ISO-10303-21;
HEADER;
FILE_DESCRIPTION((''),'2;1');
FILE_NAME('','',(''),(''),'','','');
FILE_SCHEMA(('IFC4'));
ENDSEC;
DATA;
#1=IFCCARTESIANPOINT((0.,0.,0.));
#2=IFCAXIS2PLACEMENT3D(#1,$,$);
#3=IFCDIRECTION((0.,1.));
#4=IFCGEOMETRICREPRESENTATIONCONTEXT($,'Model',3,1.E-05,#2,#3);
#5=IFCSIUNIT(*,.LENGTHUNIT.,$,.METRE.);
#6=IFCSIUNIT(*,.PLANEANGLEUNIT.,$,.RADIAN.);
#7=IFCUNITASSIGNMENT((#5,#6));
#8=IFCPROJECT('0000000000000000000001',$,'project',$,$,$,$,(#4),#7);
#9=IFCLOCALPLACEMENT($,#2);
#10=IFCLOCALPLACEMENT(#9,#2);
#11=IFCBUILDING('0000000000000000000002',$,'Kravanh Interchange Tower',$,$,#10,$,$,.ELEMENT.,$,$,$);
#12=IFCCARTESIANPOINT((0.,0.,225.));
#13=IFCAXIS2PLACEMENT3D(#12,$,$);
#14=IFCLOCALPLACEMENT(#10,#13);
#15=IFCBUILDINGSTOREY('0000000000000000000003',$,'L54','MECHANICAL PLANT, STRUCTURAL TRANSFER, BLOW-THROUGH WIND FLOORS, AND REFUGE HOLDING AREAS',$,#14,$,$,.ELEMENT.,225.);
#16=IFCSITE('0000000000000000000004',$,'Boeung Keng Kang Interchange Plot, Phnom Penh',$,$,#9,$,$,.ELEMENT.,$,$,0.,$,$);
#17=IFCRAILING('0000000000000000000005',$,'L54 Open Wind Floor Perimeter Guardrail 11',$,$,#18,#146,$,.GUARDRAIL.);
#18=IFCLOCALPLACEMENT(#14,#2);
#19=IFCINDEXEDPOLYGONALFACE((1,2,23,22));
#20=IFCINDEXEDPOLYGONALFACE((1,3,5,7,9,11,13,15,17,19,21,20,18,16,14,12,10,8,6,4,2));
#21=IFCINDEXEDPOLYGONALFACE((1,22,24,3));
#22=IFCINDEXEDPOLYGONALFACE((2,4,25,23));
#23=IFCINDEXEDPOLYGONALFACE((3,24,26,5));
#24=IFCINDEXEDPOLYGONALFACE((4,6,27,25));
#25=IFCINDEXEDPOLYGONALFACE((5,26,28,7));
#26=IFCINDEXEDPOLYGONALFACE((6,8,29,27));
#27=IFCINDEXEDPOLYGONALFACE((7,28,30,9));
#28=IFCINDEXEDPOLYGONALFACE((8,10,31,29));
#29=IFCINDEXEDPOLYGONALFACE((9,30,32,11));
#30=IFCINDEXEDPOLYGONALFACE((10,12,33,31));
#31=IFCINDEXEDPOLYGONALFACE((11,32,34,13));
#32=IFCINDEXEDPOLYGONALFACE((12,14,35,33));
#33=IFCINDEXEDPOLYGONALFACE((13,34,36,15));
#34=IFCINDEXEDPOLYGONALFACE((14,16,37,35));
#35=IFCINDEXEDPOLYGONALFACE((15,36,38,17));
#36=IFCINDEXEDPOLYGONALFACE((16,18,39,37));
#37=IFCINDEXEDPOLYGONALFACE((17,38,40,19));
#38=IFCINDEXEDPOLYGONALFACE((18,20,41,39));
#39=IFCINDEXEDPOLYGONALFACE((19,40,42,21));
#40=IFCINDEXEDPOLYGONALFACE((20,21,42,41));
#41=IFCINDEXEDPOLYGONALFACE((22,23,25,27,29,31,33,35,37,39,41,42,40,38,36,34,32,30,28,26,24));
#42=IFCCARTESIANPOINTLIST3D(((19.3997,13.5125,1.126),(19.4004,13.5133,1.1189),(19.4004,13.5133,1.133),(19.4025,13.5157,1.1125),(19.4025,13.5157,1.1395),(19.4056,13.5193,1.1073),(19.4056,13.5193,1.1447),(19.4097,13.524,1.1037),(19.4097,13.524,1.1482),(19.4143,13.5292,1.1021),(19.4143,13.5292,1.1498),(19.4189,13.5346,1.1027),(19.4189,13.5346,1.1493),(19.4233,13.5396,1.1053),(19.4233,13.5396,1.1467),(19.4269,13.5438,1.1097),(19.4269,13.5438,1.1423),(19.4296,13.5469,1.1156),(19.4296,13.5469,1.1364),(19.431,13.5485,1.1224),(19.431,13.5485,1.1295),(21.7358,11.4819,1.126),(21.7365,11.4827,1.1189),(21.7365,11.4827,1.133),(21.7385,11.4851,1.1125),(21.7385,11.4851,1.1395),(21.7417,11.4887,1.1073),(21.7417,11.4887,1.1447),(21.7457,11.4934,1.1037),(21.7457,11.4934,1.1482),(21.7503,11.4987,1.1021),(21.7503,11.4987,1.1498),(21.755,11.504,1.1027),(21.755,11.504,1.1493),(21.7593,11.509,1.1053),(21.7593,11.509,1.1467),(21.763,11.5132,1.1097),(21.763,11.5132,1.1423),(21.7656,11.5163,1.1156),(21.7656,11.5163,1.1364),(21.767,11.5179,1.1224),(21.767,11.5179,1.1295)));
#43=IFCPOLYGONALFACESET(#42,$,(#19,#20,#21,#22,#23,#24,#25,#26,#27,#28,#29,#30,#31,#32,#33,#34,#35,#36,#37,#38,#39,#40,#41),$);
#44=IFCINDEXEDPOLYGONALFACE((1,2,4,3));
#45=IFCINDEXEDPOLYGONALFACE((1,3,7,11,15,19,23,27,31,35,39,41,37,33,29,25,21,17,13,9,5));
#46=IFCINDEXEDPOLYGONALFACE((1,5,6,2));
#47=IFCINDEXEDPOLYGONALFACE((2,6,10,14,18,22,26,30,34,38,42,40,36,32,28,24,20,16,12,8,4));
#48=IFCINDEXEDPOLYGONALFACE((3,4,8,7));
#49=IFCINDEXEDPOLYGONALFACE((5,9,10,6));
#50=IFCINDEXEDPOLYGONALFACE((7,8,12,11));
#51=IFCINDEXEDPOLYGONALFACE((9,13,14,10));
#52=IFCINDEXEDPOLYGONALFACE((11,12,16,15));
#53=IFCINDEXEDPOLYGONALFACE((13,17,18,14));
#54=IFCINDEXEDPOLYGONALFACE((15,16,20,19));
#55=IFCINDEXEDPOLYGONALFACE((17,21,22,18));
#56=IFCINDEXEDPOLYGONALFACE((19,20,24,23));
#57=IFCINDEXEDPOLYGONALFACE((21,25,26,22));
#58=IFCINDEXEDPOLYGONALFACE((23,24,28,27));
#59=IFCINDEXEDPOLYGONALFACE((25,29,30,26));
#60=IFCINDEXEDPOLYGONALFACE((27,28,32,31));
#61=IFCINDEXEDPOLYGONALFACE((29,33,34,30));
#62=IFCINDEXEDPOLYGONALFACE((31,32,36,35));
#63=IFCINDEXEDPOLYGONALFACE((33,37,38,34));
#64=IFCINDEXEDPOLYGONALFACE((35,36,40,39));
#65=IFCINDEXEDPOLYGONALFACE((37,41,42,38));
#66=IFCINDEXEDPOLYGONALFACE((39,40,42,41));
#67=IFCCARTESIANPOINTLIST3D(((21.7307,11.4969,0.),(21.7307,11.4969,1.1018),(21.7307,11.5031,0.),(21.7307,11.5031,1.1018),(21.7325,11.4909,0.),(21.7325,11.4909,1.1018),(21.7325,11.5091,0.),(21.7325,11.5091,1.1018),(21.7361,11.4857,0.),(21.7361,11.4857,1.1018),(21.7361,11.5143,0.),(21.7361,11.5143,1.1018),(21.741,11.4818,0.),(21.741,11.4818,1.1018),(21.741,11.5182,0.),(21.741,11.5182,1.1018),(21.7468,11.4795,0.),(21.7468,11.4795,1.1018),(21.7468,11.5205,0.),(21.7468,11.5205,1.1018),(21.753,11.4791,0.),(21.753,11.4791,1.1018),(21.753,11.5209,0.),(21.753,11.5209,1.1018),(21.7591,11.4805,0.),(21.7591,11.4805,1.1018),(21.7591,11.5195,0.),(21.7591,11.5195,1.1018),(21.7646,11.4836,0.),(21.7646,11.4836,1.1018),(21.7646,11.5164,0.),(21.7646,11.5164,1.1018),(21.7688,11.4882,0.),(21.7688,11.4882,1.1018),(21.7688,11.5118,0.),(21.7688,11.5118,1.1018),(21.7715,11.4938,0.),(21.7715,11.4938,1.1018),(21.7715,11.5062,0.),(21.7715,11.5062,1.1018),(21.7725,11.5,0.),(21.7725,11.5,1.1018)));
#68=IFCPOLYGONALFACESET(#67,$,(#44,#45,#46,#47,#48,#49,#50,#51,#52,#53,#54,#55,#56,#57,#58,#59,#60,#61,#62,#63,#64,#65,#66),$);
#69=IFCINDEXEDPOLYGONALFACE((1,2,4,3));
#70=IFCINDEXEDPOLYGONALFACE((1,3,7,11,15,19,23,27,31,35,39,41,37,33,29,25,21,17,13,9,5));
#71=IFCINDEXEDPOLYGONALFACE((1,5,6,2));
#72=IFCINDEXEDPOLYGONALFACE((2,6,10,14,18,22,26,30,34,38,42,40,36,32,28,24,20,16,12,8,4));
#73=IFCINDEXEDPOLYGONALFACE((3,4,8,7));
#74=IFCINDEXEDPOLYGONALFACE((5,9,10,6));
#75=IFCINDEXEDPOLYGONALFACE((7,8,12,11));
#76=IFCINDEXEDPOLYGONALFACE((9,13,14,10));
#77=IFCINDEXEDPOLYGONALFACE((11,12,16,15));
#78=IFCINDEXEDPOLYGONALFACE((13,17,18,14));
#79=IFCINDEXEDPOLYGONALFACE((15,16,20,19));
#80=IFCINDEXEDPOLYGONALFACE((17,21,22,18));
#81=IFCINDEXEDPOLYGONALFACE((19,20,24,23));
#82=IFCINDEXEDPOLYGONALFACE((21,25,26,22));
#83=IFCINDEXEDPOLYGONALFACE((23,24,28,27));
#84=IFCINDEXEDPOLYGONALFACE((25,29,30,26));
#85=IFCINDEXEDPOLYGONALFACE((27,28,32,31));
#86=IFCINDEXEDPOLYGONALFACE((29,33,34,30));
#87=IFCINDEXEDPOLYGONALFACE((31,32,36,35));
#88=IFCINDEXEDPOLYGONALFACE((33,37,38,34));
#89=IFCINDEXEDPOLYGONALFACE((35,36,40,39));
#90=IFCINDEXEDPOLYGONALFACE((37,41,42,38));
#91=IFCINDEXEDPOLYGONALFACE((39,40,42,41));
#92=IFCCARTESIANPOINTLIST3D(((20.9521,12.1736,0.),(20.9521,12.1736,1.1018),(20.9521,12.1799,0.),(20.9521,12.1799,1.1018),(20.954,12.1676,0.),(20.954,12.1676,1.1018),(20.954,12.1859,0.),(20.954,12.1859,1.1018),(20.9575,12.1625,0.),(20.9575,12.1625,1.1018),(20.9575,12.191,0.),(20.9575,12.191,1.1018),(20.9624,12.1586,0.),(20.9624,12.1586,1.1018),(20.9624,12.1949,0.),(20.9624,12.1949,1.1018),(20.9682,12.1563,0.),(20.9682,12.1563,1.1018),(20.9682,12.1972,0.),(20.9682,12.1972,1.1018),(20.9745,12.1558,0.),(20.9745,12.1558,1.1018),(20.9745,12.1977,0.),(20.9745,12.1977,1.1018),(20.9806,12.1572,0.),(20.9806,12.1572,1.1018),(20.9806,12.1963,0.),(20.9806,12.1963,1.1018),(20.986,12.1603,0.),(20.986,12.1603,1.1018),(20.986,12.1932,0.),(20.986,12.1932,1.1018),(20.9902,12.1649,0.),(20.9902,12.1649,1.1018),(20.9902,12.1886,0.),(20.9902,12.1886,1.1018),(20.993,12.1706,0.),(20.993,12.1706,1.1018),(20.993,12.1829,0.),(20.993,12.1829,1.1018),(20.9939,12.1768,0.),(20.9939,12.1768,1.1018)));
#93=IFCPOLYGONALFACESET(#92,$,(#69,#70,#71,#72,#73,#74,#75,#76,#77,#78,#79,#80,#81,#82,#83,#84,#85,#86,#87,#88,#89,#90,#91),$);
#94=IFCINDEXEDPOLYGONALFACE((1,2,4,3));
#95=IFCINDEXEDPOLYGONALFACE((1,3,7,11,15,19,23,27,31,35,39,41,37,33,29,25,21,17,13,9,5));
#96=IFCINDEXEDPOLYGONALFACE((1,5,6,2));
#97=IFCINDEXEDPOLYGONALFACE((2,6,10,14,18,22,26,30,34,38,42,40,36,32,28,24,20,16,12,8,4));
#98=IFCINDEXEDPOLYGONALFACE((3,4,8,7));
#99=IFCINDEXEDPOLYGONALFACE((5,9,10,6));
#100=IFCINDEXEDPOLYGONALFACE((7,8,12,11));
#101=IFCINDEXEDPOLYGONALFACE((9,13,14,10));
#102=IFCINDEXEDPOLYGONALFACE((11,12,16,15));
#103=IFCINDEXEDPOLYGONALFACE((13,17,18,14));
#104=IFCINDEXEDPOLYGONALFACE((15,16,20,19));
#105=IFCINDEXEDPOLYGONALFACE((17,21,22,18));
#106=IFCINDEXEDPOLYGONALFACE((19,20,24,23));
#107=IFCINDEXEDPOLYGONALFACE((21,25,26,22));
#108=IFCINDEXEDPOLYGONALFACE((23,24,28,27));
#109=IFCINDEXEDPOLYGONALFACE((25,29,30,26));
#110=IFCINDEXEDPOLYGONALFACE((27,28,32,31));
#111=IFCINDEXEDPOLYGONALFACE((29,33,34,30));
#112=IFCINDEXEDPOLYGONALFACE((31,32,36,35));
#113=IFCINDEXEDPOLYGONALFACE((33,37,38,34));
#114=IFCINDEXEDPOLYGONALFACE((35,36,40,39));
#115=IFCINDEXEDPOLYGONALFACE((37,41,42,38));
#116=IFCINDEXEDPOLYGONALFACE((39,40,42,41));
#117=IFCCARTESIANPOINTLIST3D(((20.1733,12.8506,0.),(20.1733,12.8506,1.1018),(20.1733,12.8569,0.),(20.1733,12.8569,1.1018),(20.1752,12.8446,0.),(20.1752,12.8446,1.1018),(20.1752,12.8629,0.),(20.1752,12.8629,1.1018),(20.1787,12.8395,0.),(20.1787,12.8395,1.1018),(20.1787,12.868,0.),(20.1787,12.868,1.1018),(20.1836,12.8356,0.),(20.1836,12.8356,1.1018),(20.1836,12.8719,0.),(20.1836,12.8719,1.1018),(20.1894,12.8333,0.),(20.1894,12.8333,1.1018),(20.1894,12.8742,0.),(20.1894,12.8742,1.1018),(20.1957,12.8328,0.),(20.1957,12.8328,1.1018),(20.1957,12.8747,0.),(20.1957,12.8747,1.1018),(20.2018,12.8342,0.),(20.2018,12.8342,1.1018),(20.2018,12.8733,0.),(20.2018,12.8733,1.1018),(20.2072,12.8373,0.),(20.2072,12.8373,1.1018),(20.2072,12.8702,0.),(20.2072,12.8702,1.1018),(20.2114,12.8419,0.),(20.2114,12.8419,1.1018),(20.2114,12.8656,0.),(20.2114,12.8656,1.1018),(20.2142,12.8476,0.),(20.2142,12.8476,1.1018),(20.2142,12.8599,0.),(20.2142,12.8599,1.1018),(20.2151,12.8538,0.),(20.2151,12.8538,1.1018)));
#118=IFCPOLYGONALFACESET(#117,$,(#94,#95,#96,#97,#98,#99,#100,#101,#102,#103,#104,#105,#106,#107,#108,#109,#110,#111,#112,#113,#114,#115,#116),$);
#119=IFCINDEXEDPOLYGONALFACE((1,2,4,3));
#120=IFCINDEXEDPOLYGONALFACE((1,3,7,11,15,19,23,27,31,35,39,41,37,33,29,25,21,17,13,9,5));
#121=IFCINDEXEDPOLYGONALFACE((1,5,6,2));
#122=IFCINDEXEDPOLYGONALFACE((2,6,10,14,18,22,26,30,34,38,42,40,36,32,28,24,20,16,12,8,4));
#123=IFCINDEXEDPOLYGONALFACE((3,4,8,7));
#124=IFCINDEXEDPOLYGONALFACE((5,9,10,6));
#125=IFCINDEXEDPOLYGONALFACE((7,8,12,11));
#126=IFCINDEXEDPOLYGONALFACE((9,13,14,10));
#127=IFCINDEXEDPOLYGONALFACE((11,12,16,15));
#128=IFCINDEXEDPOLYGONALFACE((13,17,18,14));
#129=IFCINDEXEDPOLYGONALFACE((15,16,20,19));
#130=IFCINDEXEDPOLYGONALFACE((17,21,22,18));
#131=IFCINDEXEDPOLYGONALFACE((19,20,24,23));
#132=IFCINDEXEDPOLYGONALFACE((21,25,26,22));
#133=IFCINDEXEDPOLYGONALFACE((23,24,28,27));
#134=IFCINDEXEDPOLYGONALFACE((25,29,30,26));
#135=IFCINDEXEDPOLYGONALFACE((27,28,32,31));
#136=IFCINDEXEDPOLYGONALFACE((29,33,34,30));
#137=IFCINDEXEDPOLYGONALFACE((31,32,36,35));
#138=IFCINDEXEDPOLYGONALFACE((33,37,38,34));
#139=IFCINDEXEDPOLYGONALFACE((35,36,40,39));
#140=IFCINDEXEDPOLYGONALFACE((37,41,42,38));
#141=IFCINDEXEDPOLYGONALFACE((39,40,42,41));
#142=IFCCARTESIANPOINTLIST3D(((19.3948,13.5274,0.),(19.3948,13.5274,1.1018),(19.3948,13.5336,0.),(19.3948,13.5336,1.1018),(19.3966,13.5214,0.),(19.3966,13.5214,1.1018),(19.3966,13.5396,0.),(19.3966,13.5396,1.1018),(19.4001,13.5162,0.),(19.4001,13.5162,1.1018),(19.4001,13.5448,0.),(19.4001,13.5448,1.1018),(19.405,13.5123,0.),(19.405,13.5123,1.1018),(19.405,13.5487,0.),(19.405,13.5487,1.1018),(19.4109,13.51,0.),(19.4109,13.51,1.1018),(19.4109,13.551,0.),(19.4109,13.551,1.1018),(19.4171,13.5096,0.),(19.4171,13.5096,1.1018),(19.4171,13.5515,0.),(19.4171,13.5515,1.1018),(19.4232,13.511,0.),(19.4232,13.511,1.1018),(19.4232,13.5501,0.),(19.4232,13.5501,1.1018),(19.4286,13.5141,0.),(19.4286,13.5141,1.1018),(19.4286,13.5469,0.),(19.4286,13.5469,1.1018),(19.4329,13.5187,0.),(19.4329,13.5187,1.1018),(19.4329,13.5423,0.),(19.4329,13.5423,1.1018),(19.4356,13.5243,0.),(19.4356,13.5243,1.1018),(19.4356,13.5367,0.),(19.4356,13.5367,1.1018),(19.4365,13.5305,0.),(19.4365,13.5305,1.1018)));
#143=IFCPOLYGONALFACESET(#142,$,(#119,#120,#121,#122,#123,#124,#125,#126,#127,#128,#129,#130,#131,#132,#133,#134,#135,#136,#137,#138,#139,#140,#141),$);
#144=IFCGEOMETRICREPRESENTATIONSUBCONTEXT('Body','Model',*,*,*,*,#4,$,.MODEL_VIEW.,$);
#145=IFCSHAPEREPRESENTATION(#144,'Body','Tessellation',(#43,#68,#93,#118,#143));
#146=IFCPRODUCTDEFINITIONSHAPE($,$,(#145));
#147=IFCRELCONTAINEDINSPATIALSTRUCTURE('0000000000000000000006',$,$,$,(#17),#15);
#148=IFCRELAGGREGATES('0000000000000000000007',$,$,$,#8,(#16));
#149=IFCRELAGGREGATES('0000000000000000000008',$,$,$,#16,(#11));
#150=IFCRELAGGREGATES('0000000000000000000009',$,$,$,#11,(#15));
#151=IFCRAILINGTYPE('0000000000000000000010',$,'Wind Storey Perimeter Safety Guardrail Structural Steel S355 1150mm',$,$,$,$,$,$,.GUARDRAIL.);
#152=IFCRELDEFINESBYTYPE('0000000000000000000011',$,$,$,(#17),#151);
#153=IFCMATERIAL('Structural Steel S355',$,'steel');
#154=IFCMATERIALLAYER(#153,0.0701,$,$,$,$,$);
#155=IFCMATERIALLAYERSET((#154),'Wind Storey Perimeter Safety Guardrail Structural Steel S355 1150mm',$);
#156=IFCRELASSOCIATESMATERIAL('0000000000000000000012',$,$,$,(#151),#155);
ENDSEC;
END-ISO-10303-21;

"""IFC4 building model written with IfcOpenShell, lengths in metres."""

from ifc_helpers import new_model, si_unit, direction, frame, origin, origin_2d, place, context, subcontext, project, spatial, circle, extrude, material, layer, layer_set, type_object, element, save


model = new_model("IFC4")

# Units and contexts
model_context = context("Model", 3, precision=1e-05, world=origin(), true_north=direction((0.0, 1.0)))
body_context = subcontext(model_context, "Body", "Model", "MODEL_VIEW")
ifc_project = project(units=[si_unit("LENGTHUNIT", "METRE"), si_unit("PLANEANGLEUNIT", "RADIAN")], contexts=[model_context])

# Site, building, storey
site_placement = place(None, origin())
site = spatial("IfcSite", under=ifc_project, at=site_placement, Name="Boeung Keng Kang Interchange Plot, Phnom Penh", CompositionType="ELEMENT", RefElevation=0.0)
building_placement = place(site_placement, origin())
building = spatial("IfcBuilding", under=site, at=building_placement, Name="Kravanh Interchange Tower", CompositionType="ELEMENT")
storey_placement = place(building_placement, frame((0.0, 0.0, 225.0)))
storey = spatial("IfcBuildingStorey", under=building, at=storey_placement, Name="L54", Description="MECHANICAL PLANT, STRUCTURAL TRANSFER, BLOW-THROUGH WIND FLOORS, AND REFUGE HOLDING AREAS", CompositionType="ELEMENT", Elevation=225.0)

# Railing
ifc_material_1 = material(Name="Structural Steel S355", Category="steel")
ifc_layer_1 = layer(ifc_material_1, 0.0701)
ifc_layer_set_1 = layer_set([ifc_layer_1], Name="Wind Storey Perimeter Safety Guardrail Structural Steel S355 1150mm")
railing_type = type_object("IfcRailingType", Name="Wind Storey Perimeter Safety Guardrail Structural Steel S355 1150mm", PredefinedType="GUARDRAIL", material=ifc_layer_set_1)
railing_1_placement = place(storey_placement, frame((21.7515, 11.5, 0.0)))
element("IfcRailing", 1, at=railing_1_placement, inside=storey, type_object=railing_type, Name="L54 Open Wind Floor Perimeter Guardrail 11", PredefinedType="GUARDRAIL", context=body_context, shape_type="SweptSolid", body=[
    extrude(circle(Radius=0.0239, at=origin_2d()), frame((0.0, 0.0, 1.126), z_axis=(-0.754723, 0.656044, 0.0), x_axis=(-0.656044, -0.754723, 0.0)), (0.0, 0.0, 1.0), 3.0952),
    extrude(circle(Radius=0.021, at=origin_2d()), origin(), (0.0, 0.0, 1.0), 1.1018),
    extrude(circle(Radius=0.021, at=origin_2d()), frame((-0.7786, 0.6768, 0.0)), (0.0, 0.0, 1.0), 1.1018),
    extrude(circle(Radius=0.021, at=origin_2d()), frame((-1.5574, 1.3538, 0.0)), (0.0, 0.0, 1.0), 1.1018),
    extrude(circle(Radius=0.021, at=origin_2d()), frame((-2.3359, 2.0305, 0.0)), (0.0, 0.0, 1.0), 1.1018),
])

save(model, "model.ifc")
